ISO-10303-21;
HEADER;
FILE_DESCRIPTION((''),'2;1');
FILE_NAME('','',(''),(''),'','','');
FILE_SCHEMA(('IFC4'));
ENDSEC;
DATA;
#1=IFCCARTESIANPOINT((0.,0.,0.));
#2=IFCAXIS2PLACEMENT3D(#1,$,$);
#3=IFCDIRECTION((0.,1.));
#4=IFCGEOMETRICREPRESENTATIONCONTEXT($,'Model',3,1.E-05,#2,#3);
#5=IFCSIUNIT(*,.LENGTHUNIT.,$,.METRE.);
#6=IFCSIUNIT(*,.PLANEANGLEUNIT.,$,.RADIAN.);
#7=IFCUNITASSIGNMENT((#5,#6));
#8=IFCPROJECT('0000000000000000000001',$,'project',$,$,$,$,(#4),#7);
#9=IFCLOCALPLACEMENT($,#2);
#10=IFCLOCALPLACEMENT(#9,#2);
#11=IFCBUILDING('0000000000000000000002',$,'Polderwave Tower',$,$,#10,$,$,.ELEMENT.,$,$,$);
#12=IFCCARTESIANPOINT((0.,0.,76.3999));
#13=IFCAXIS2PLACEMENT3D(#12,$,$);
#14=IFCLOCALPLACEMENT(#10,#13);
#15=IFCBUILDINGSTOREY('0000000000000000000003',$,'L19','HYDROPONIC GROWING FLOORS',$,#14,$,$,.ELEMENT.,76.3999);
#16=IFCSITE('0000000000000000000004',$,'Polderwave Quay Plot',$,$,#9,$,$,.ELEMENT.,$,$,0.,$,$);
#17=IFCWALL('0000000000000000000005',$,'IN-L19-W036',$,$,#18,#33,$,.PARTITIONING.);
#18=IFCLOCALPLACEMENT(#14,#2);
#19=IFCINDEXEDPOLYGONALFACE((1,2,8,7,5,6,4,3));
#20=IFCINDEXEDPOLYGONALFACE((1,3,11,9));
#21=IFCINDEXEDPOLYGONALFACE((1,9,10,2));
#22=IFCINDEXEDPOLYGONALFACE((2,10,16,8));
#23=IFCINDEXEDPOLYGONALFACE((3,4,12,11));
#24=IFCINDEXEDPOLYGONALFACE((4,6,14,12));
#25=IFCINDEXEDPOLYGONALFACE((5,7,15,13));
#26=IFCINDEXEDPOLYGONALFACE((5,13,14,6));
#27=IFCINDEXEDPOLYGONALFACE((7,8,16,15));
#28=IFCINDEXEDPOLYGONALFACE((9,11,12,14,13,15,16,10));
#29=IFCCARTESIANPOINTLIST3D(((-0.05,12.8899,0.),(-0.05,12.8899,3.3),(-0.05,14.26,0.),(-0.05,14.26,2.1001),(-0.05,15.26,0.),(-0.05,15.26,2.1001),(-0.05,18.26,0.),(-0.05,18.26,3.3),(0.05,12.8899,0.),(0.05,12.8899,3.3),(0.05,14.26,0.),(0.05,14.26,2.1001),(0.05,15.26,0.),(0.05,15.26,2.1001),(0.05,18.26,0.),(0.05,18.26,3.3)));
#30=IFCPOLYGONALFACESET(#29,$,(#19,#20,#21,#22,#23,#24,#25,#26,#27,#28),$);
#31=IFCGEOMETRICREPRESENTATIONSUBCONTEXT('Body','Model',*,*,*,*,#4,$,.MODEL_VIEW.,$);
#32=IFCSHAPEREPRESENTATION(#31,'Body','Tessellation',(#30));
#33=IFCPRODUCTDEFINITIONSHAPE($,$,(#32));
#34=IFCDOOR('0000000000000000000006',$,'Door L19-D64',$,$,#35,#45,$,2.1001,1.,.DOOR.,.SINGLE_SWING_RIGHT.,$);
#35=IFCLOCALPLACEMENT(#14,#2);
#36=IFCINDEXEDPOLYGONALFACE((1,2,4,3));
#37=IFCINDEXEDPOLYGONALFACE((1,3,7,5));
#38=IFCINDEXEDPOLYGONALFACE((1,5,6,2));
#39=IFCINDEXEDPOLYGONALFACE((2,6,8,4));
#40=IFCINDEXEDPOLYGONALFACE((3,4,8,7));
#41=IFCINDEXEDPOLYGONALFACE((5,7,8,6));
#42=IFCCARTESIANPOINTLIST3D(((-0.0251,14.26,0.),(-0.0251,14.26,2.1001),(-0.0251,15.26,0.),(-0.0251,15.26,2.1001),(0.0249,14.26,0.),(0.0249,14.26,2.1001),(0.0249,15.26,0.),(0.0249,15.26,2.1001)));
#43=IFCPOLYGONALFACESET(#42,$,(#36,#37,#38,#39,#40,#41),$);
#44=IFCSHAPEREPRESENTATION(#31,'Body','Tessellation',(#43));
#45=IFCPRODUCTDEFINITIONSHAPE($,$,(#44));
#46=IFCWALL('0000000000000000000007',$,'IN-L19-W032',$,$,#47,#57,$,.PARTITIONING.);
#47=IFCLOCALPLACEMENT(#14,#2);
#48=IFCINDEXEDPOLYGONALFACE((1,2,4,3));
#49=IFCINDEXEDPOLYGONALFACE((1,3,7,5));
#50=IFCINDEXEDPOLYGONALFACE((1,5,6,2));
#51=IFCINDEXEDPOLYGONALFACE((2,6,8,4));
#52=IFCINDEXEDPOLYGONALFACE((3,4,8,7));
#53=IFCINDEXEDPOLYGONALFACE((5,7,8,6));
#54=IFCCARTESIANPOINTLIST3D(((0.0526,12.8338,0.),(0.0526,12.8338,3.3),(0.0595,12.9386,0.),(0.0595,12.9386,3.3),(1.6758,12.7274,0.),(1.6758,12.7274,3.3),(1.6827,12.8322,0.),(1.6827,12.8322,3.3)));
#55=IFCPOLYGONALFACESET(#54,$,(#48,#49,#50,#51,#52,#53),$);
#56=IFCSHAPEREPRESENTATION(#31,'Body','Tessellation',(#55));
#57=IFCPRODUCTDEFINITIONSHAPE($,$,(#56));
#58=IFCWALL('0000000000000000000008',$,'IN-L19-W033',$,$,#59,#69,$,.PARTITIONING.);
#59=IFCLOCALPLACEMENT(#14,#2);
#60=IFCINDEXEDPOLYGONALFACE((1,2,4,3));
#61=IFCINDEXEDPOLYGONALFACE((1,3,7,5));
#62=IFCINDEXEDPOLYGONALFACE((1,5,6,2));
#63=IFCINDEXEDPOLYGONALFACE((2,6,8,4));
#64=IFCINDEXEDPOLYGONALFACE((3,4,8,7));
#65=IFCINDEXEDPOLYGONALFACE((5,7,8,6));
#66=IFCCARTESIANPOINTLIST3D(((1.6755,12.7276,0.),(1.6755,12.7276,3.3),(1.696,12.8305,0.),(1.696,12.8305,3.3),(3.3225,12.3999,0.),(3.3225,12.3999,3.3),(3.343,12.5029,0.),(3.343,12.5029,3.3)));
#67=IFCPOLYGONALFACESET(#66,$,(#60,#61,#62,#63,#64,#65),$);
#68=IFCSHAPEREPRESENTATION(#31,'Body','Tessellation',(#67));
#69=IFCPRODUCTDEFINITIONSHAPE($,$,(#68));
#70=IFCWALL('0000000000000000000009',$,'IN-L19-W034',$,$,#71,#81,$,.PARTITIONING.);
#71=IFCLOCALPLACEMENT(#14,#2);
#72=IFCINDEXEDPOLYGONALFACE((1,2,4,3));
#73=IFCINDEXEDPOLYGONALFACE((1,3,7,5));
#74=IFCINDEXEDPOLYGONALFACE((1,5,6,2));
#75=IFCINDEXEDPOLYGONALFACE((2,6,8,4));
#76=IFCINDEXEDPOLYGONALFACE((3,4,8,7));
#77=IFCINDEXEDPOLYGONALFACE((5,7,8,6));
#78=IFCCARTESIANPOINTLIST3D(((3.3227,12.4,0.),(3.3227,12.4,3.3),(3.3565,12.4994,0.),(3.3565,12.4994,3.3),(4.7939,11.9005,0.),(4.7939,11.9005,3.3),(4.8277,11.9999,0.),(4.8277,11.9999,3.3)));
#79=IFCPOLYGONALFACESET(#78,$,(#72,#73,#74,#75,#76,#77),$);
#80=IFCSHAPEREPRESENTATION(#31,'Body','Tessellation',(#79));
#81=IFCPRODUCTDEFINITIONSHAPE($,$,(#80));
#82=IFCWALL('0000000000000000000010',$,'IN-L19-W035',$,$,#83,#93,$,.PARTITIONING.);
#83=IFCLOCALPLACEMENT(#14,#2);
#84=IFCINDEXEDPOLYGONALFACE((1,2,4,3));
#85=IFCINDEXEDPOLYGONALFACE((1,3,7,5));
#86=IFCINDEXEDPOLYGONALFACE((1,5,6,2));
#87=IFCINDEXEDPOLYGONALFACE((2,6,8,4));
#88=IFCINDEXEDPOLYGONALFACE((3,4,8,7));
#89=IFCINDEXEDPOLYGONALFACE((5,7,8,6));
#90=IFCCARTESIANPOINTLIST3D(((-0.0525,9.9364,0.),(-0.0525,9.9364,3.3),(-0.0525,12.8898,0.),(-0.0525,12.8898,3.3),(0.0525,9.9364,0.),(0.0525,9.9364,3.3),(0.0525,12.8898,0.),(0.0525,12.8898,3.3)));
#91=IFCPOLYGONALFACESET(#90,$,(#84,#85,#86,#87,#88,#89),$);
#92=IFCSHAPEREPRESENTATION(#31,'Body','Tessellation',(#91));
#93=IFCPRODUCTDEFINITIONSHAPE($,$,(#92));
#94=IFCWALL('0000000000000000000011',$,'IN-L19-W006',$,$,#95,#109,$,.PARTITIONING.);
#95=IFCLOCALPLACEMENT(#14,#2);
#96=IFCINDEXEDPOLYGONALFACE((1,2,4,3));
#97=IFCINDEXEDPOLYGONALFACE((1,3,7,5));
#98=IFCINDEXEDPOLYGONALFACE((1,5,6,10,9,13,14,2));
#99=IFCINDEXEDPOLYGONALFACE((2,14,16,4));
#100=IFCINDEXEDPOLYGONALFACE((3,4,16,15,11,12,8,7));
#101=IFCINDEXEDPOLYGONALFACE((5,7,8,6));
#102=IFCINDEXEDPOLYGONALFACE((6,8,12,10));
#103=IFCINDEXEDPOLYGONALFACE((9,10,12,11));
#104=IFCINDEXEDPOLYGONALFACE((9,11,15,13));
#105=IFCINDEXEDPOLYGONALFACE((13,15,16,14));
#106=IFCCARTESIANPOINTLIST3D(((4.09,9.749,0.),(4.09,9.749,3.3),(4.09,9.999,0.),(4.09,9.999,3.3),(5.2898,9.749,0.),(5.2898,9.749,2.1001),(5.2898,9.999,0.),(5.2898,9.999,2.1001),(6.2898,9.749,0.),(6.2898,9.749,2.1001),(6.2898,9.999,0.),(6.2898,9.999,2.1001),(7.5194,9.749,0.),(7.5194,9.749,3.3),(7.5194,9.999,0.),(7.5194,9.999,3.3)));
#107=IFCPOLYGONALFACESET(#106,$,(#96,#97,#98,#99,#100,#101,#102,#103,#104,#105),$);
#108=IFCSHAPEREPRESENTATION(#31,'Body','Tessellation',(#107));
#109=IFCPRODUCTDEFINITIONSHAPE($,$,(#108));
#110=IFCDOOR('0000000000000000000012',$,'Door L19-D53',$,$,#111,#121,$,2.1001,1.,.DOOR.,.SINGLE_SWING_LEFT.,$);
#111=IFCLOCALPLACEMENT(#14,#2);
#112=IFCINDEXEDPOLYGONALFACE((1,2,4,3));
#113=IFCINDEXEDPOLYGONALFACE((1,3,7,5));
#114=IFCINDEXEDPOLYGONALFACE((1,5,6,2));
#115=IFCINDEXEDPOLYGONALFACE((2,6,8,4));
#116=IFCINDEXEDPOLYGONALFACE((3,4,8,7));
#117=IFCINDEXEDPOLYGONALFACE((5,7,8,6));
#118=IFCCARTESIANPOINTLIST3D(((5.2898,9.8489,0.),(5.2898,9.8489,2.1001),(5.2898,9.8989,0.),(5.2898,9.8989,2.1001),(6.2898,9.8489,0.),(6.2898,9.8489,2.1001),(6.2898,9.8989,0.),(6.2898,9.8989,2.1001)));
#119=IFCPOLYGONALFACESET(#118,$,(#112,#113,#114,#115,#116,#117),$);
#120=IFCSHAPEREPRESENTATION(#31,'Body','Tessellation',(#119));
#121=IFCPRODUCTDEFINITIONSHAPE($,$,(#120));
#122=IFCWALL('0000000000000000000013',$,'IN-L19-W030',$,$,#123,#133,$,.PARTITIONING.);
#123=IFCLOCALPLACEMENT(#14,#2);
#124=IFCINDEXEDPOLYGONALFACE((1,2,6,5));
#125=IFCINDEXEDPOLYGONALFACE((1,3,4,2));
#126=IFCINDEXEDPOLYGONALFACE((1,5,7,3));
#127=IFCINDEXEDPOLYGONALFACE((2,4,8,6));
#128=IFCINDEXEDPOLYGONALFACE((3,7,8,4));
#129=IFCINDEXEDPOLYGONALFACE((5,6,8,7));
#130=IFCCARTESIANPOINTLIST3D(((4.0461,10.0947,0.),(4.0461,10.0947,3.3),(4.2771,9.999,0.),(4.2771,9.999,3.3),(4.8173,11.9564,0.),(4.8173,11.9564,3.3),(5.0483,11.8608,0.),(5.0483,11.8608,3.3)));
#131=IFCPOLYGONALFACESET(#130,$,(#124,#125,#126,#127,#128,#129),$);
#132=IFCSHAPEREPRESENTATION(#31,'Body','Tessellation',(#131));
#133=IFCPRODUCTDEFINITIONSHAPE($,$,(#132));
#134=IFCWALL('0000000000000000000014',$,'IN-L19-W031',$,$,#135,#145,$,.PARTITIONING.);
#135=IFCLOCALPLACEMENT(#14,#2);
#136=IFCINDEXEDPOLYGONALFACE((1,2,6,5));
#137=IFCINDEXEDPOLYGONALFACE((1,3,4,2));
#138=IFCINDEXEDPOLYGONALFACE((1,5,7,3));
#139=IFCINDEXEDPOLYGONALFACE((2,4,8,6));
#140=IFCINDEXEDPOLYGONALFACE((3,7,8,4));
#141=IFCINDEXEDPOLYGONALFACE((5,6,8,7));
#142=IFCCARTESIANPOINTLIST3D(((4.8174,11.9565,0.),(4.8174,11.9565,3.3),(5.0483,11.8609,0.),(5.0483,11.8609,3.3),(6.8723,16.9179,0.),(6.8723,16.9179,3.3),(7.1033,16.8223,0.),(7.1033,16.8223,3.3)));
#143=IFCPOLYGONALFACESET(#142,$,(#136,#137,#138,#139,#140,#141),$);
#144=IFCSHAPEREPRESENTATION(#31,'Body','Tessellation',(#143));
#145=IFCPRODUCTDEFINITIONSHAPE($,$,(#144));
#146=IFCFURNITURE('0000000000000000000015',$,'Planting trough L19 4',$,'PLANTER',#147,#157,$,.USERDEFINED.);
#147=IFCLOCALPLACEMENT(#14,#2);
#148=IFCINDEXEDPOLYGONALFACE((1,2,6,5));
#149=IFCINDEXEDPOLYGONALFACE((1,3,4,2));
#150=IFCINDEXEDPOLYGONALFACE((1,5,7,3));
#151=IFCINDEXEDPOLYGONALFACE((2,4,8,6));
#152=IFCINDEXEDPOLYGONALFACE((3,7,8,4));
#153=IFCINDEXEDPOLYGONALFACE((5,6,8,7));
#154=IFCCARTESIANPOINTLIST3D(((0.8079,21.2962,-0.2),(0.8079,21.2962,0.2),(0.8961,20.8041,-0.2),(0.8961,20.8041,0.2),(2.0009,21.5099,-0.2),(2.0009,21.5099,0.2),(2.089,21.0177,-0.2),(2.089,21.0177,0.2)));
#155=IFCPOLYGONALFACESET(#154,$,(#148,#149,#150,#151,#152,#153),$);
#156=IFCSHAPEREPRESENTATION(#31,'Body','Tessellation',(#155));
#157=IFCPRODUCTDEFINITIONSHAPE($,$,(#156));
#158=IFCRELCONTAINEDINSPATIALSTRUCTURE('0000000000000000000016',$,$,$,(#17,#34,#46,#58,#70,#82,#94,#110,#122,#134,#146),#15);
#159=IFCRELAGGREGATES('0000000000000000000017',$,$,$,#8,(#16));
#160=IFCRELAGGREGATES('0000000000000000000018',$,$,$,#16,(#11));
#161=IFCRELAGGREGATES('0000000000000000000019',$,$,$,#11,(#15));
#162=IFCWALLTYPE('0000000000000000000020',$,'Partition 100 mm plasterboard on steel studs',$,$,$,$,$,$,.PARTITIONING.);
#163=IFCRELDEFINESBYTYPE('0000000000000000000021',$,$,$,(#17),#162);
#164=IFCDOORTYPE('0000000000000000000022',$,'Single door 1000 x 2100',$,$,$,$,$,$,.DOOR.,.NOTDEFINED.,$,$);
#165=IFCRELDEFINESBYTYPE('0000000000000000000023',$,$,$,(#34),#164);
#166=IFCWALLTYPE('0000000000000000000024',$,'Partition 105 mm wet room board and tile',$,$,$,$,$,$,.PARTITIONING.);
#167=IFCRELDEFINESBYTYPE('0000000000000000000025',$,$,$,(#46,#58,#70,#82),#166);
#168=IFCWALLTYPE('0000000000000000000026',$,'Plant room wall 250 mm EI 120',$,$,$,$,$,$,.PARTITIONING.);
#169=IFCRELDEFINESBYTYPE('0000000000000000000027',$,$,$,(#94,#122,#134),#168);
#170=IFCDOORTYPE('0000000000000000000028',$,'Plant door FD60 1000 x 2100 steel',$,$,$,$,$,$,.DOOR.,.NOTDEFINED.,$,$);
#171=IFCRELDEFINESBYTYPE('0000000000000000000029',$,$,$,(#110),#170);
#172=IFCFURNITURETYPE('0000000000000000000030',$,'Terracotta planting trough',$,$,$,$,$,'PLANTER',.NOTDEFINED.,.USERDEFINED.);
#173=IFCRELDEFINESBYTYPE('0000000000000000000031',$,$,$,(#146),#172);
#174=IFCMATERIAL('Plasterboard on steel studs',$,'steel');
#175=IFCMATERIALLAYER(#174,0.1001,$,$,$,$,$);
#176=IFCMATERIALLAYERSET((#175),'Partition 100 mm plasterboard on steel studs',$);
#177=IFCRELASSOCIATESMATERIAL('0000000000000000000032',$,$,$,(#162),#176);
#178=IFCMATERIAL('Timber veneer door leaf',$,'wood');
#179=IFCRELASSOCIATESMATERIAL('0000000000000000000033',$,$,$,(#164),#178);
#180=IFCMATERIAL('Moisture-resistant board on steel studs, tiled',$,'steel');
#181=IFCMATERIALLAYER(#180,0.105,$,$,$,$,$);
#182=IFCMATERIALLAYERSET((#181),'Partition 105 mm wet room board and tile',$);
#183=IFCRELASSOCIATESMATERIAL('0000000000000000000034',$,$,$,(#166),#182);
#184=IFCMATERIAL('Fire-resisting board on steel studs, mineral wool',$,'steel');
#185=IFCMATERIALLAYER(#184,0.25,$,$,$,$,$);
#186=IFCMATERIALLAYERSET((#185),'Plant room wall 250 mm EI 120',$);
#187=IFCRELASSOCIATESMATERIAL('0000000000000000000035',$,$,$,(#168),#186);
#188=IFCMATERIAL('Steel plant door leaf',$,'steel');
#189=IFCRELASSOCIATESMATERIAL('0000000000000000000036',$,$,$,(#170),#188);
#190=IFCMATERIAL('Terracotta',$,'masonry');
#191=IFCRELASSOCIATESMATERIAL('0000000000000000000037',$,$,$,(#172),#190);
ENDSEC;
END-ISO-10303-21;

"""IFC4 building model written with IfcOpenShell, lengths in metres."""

from ifc_helpers import new_model, si_unit, direction, frame, frame_2d, origin, origin_2d, place, context, subcontext, project, spatial, rectangle, extrude, material, layer, layer_set, type_object, element, fill, save


model = new_model("IFC4")

# Units and contexts
model_context = context("Model", 3, precision=1e-05, world=origin(), true_north=direction((0.0, 1.0)))
body_context = subcontext(model_context, "Body", "Model", "MODEL_VIEW")
ifc_project = project(units=[si_unit("LENGTHUNIT", "METRE"), si_unit("PLANEANGLEUNIT", "RADIAN")], contexts=[model_context])

# Site, building, storey
site_placement = place(None, origin())
site = spatial("IfcSite", under=ifc_project, at=site_placement, Name="Polderwave Quay Plot", CompositionType="ELEMENT", RefElevation=0.0)
building_placement = place(site_placement, origin())
building = spatial("IfcBuilding", under=site, at=building_placement, Name="Polderwave Tower", CompositionType="ELEMENT")
storey_placement = place(building_placement, frame((0.0, 0.0, 76.3999)))
storey = spatial("IfcBuildingStorey", under=building, at=storey_placement, Name="L19", Description="HYDROPONIC GROWING FLOORS", CompositionType="ELEMENT", Elevation=76.3999)

# Wall, opening, door
ifc_material_1 = material(Name="Plasterboard on steel studs", Category="steel")
ifc_layer_1 = layer(ifc_material_1, 0.1001)
ifc_layer_set_1 = layer_set([ifc_layer_1], Name="Partition 100 mm plasterboard on steel studs")
wall_type_1 = type_object("IfcWallType", Name="Partition 100 mm plasterboard on steel studs", PredefinedType="PARTITIONING", material=ifc_layer_set_1)
wall_1_placement = place(storey_placement, frame((0.0, 18.26, 0.0), z_axis=(0.0, 0.0, 1.0), x_axis=(0.0, -1.0, 0.0)))
wall_1 = element("IfcWall", 1, at=wall_1_placement, inside=storey, type_object=wall_type_1, Name="IN-L19-W036", PredefinedType="PARTITIONING", context=body_context, shape_type="SweptSolid", body=[
    extrude(rectangle(XDim=5.3701, YDim=0.1001, at=frame_2d((2.6851, 0.0))), origin(), (0.0, 0.0, 1.0), 3.3),
])
opening_1_placement = place(wall_1_placement, frame((3.0, 0.0, 0.0)))
opening_1 = element("IfcOpeningElement", 2, at=opening_1_placement, cuts=wall_1, PredefinedType="OPENING", context=body_context, shape_type="SweptSolid", body=[
    extrude(rectangle(XDim=1.0, YDim=2.1001, at=frame_2d((0.5, 1.05))), frame((0.0, 0.0601, 0.0), z_axis=(0.0, -1.0, 0.0), x_axis=(1.0, 0.0, 0.0)), (0.0, 0.0, 1.0), 0.1201),
])
ifc_material_2 = material(Name="Timber veneer door leaf", Category="wood")
door_type_1 = type_object("IfcDoorType", Name="Single door 1000 x 2100", OperationType="NOTDEFINED", PredefinedType="DOOR", material=ifc_material_2)
door_1_placement = place(opening_1_placement, origin())
door_1 = element("IfcDoor", 3, at=door_1_placement, inside=storey, type_object=door_type_1, Name="Door L19-D64", OperationType="SINGLE_SWING_RIGHT", OverallHeight=2.1001, OverallWidth=1.0, PredefinedType="DOOR", context=body_context, shape_type="SweptSolid", body=[
    extrude(rectangle(XDim=1.0, YDim=2.1001, at=frame_2d((0.5, 1.05))), frame((0.0, 0.0249, 0.0), z_axis=(0.0, -1.0, 0.0), x_axis=(1.0, 0.0, 0.0)), (0.0, 0.0, 1.0), 0.05),
])
fill(opening_1, door_1)

# Walls
ifc_material_3 = material(Name="Moisture-resistant board on steel studs, tiled", Category="steel")
ifc_layer_2 = layer(ifc_material_3, 0.105)
ifc_layer_set_2 = layer_set([ifc_layer_2], Name="Partition 105 mm wet room board and tile")
wall_type_2 = type_object("IfcWallType", Name="Partition 105 mm wet room board and tile", PredefinedType="PARTITIONING", material=ifc_layer_set_2)
wall_2_placement = place(storey_placement, frame((0.0559, 12.8862, 0.0), z_axis=(0.0, 0.0, 1.0), x_axis=(0.997857, -0.065433, 0.0)))
element("IfcWall", 4, at=wall_2_placement, inside=storey, type_object=wall_type_2, Name="IN-L19-W032", PredefinedType="PARTITIONING", context=body_context, shape_type="SweptSolid", body=[
    extrude(rectangle(XDim=1.6267, YDim=0.105, at=frame_2d((0.8135, 0.0))), origin(), (0.0, 0.0, 1.0), 3.3),
])
wall_3_placement = place(storey_placement, frame((1.6858, 12.7791, 0.0), z_axis=(0.0, 0.0, 1.0), x_axis=(0.980781, -0.19511, 0.0)))
element("IfcWall", 5, at=wall_3_placement, inside=storey, type_object=wall_type_2, Name="IN-L19-W033", PredefinedType="PARTITIONING", context=body_context, shape_type="SweptSolid", body=[
    extrude(rectangle(XDim=1.6792, YDim=0.105, at=frame_2d((0.8396, 0.0))), origin(), (0.0, 0.0, 1.0), 3.3),
])
wall_4_placement = place(storey_placement, frame((3.3396, 12.4497, 0.0), z_axis=(0.0, 0.0, 1.0), x_axis=(0.946909, -0.321503, 0.0)))
element("IfcWall", 6, at=wall_4_placement, inside=storey, type_object=wall_type_2, Name="IN-L19-W034", PredefinedType="PARTITIONING", context=body_context, shape_type="SweptSolid", body=[
    extrude(rectangle(XDim=1.5537, YDim=0.105, at=frame_2d((0.7769, 0.0))), origin(), (0.0, 0.0, 1.0), 3.3),
])
wall_5_placement = place(storey_placement, frame((0.0, 9.9365, 0.0), z_axis=(0.0, 0.0, 1.0), x_axis=(0.0, 1.0, 0.0)))
element("IfcWall", 7, at=wall_5_placement, inside=storey, type_object=wall_type_2, Name="IN-L19-W035", PredefinedType="PARTITIONING", context=body_context, shape_type="SweptSolid", body=[
    extrude(rectangle(XDim=2.9534, YDim=0.105, at=frame_2d((1.4766, 0.0))), origin(), (0.0, 0.0, 1.0), 3.3),
])

# Wall, opening, door
ifc_material_4 = material(Name="Fire-resisting board on steel studs, mineral wool", Category="steel")
ifc_layer_3 = layer(ifc_material_4, 0.25)
ifc_layer_set_3 = layer_set([ifc_layer_3], Name="Plant room wall 250 mm EI 120")
wall_type_3 = type_object("IfcWallType", Name="Plant room wall 250 mm EI 120", PredefinedType="PARTITIONING", material=ifc_layer_set_3)
wall_6_placement = place(storey_placement, frame((4.0898, 9.874, 0.0), z_axis=(0.0, 0.0, 1.0), x_axis=(1.0, 0.0, 0.0)))
wall_6 = element("IfcWall", 8, at=wall_6_placement, inside=storey, type_object=wall_type_3, Name="IN-L19-W006", PredefinedType="PARTITIONING", context=body_context, shape_type="SweptSolid", body=[
    extrude(rectangle(XDim=3.4294, YDim=0.25, at=frame_2d((1.7148, 0.0))), origin(), (0.0, 0.0, 1.0), 3.3),
])
opening_2_placement = place(wall_6_placement, frame((1.2, 0.0, 0.0)))
opening_2 = element("IfcOpeningElement", 9, at=opening_2_placement, cuts=wall_6, PredefinedType="OPENING", context=body_context, shape_type="SweptSolid", body=[
    extrude(rectangle(XDim=1.0, YDim=2.1001, at=frame_2d((0.5, 1.05))), frame((0.0, 0.135, 0.0), z_axis=(0.0, -1.0, 0.0), x_axis=(1.0, 0.0, 0.0)), (0.0, 0.0, 1.0), 0.27),
])
ifc_material_5 = material(Name="Steel plant door leaf", Category="steel")
door_type_2 = type_object("IfcDoorType", Name="Plant door FD60 1000 x 2100 steel", OperationType="NOTDEFINED", PredefinedType="DOOR", material=ifc_material_5)
door_2_placement = place(opening_2_placement, origin())
door_2 = element("IfcDoor", 10, at=door_2_placement, inside=storey, type_object=door_type_2, Name="Door L19-D53", OperationType="SINGLE_SWING_LEFT", OverallHeight=2.1001, OverallWidth=1.0, PredefinedType="DOOR", context=body_context, shape_type="SweptSolid", body=[
    extrude(rectangle(XDim=1.0, YDim=2.1001, at=frame_2d((0.5, 1.05))), frame((0.0, 0.0249, 0.0), z_axis=(0.0, -1.0, 0.0), x_axis=(1.0, 0.0, 0.0)), (0.0, 0.0, 1.0), 0.05),
])
fill(opening_2, door_2)

# Walls
wall_7_placement = place(storey_placement, frame((4.1616, 10.0469, 0.0), z_axis=(0.0, 0.0, 1.0), x_axis=(0.382705, 0.923871, 0.0)))
element("IfcWall", 11, at=wall_7_placement, inside=storey, type_object=wall_type_3, Name="IN-L19-W030", PredefinedType="PARTITIONING", context=body_context, shape_type="SweptSolid", body=[
    extrude(rectangle(XDim=2.0151, YDim=0.25, at=frame_2d((1.0076, 0.0))), origin(), (0.0, 0.0, 1.0), 3.3),
])
wall_8_placement = place(storey_placement, frame((4.9329, 11.9087, 0.0), z_axis=(0.0, 0.0, 1.0), x_axis=(0.382658, 0.92389, 0.0)))
element("IfcWall", 12, at=wall_8_placement, inside=storey, type_object=wall_type_3, Name="IN-L19-W031", PredefinedType="PARTITIONING", context=body_context, shape_type="SweptSolid", body=[
    extrude(rectangle(XDim=5.3701, YDim=0.25, at=frame_2d((2.6851, 0.0))), origin(), (0.0, 0.0, 1.0), 3.3),
])

# Furniture
ifc_material_6 = material(Name="Terracotta", Category="masonry")
furniture_type = type_object("IfcFurnitureType", Name="Terracotta planting trough", ElementType="PLANTER", AssemblyPlace="NOTDEFINED", PredefinedType="USERDEFINED", material=ifc_material_6)
furniture_placement = place(storey_placement, frame((1.4485, 21.157, -0.2), z_axis=(0.0, 0.0, 1.0), x_axis=(-0.984339, -0.176284, 0.0)))
element("IfcFurniture", 13, at=furniture_placement, inside=storey, type_object=furniture_type, Name="Planting trough L19 4", ObjectType="PLANTER", PredefinedType="USERDEFINED", context=body_context, shape_type="SweptSolid", body=[
    extrude(rectangle(XDim=1.2119, YDim=0.5, at=origin_2d()), origin(), (0.0, 0.0, 1.0), 0.3999),
])

save(model, "model.ifc")
